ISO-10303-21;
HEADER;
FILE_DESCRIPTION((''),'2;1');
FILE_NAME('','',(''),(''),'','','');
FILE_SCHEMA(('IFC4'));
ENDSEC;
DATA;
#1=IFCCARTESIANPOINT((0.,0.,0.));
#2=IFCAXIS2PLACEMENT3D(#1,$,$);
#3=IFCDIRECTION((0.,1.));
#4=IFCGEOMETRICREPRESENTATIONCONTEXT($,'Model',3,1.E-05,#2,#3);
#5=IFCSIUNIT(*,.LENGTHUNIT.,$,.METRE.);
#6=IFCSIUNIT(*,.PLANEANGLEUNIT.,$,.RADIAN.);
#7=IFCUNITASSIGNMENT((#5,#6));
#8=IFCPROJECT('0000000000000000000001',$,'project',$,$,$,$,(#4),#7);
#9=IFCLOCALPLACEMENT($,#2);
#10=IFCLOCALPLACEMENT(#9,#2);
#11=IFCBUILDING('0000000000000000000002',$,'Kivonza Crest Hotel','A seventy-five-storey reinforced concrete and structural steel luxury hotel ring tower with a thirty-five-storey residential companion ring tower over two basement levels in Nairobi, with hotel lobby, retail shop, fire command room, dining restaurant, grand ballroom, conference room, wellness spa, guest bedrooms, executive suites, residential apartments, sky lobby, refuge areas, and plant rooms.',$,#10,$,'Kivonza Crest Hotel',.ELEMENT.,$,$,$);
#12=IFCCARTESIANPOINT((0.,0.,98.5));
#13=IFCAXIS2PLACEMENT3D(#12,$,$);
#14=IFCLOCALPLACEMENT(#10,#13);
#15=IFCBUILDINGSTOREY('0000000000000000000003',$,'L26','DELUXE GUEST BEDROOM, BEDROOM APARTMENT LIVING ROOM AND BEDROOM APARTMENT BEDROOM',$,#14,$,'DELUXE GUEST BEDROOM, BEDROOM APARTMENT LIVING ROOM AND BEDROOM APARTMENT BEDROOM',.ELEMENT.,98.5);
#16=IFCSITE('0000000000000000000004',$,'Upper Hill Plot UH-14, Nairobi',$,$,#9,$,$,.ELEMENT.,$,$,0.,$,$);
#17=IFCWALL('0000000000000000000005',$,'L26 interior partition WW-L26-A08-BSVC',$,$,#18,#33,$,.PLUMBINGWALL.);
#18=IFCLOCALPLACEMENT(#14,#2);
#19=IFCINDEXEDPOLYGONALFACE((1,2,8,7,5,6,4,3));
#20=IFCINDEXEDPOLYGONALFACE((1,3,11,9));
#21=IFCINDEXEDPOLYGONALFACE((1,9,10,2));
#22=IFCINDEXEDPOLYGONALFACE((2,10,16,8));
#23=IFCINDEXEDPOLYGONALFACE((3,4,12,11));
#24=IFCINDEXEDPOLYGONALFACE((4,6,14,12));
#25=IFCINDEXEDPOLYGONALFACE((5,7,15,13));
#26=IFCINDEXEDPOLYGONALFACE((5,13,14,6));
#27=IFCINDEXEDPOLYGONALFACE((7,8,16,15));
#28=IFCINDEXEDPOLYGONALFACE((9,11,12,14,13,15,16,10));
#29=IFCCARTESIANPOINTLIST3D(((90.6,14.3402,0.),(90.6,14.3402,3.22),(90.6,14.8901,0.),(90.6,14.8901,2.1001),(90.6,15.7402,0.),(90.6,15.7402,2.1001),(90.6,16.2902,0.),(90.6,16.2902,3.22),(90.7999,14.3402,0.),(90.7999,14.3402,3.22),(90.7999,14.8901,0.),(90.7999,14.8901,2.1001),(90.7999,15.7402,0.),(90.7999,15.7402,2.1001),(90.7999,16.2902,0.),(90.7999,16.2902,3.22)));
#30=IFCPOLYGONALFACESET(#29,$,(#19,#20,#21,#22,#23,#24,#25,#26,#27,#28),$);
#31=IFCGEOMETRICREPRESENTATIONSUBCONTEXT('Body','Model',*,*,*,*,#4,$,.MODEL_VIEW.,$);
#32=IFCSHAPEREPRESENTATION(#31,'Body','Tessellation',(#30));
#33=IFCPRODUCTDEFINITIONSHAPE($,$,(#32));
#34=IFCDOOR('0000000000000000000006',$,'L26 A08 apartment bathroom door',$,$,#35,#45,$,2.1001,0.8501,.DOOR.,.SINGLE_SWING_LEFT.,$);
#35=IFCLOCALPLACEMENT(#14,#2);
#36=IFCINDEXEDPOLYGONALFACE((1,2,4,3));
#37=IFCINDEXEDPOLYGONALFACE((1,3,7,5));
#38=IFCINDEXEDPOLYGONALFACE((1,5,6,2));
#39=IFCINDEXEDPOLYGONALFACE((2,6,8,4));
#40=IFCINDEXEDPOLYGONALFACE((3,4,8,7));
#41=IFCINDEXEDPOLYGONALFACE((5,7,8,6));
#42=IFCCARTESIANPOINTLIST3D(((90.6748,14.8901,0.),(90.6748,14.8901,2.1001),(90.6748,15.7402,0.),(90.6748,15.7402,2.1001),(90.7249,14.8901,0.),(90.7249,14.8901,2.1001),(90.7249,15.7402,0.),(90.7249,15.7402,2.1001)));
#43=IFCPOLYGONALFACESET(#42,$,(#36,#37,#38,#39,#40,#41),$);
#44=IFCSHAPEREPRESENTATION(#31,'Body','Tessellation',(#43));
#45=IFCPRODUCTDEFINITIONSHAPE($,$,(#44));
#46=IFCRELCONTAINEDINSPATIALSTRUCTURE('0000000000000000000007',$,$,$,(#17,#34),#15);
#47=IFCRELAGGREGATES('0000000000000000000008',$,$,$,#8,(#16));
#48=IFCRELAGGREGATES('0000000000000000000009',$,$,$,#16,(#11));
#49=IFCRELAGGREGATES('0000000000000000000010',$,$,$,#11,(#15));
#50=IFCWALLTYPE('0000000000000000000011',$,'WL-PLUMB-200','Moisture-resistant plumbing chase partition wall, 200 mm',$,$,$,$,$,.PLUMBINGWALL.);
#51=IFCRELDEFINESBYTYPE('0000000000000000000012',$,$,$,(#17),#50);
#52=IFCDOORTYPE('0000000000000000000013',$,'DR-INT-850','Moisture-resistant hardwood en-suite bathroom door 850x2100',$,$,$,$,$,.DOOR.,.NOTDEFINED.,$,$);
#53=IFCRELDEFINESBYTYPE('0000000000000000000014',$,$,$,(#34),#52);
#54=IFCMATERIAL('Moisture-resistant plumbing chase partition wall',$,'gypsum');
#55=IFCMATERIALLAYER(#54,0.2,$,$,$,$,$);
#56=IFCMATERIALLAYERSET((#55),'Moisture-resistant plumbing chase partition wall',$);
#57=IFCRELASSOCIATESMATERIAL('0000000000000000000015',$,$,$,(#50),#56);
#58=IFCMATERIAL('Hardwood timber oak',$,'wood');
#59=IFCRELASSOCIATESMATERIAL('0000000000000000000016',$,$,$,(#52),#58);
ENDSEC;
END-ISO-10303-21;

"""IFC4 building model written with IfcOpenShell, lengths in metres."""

from ifc_helpers import new_model, si_unit, direction, frame, frame_2d, origin, place, context, subcontext, project, spatial, rectangle, extrude, material, layer, layer_set, type_object, element, fill, save


model = new_model("IFC4")

# Units and contexts
model_context = context("Model", 3, precision=1e-05, world=origin(), true_north=direction((0.0, 1.0)))
body_context = subcontext(model_context, "Body", "Model", "MODEL_VIEW")
ifc_project = project(units=[si_unit("LENGTHUNIT", "METRE"), si_unit("PLANEANGLEUNIT", "RADIAN")], contexts=[model_context])

# Site, building, storey
site_placement = place(None, origin())
site = spatial("IfcSite", under=ifc_project, at=site_placement, Name="Upper Hill Plot UH-14, Nairobi", CompositionType="ELEMENT", RefElevation=0.0)
building_placement = place(site_placement, origin())
building = spatial("IfcBuilding", under=site, at=building_placement, Name="Kivonza Crest Hotel", Description="A seventy-five-storey reinforced concrete and structural steel luxury hotel ring tower with a thirty-five-storey residential companion ring tower over two basement levels in Nairobi, with hotel lobby, retail shop, fire command room, dining restaurant, grand ballroom, conference room, wellness spa, guest bedrooms, executive suites, residential apartments, sky lobby, refuge areas, and plant rooms.", LongName="Kivonza Crest Hotel", CompositionType="ELEMENT")
storey_placement = place(building_placement, frame((0.0, 0.0, 98.5)))
storey = spatial("IfcBuildingStorey", under=building, at=storey_placement, Name="L26", Description="DELUXE GUEST BEDROOM, BEDROOM APARTMENT LIVING ROOM AND BEDROOM APARTMENT BEDROOM", LongName="DELUXE GUEST BEDROOM, BEDROOM APARTMENT LIVING ROOM AND BEDROOM APARTMENT BEDROOM", CompositionType="ELEMENT", Elevation=98.5)

# Shared definitions
ifc_material_1 = material(Name="Hardwood timber oak", Category="wood")

# Shared definitions
ifc_material_2 = material(Name="Moisture-resistant plumbing chase partition wall", Category="gypsum")
ifc_layer_1 = layer(ifc_material_2, 0.2)
ifc_layer_set_1 = layer_set([ifc_layer_1], Name="Moisture-resistant plumbing chase partition wall")
wall_type_1 = type_object("IfcWallType", Name="WL-PLUMB-200", Description="Moisture-resistant plumbing chase partition wall, 200 mm", PredefinedType="PLUMBINGWALL", material=ifc_layer_set_1)

# Wall, opening, door
wall_1_placement = place(storey_placement, frame((90.7, 14.3401, 0.0), z_axis=(0.0, 0.0, 1.0), x_axis=(0.0, 1.0, 0.0)))
wall_1 = element("IfcWall", 1, at=wall_1_placement, inside=storey, type_object=wall_type_1, Name="L26 interior partition WW-L26-A08-BSVC", PredefinedType="PLUMBINGWALL", context=body_context, shape_type="SweptSolid", body=[
    extrude(rectangle(XDim=1.95, YDim=0.2, at=frame_2d((0.9751, 0.0))), origin(), (0.0, 0.0, 1.0), 3.22),
])
opening_1_placement = place(wall_1_placement, frame((0.55, 0.0, 0.0)))
opening_1 = element("IfcOpeningElement", 2, at=opening_1_placement, cuts=wall_1, PredefinedType="OPENING", context=body_context, shape_type="SweptSolid", body=[
    extrude(rectangle(XDim=0.8501, YDim=2.1001, at=frame_2d((0.425, 1.05))), frame((0.0, 0.1099, 0.0), z_axis=(0.0, -1.0, 0.0), x_axis=(1.0, 0.0, 0.0)), (0.0, 0.0, 1.0), 0.22),
])
door_type_1 = type_object("IfcDoorType", Name="DR-INT-850", Description="Moisture-resistant hardwood en-suite bathroom door 850x2100", OperationType="NOTDEFINED", PredefinedType="DOOR", material=ifc_material_1)
door_1_placement = place(opening_1_placement, frame((0.8501, 0.0, 0.0), z_axis=(0.0, 0.0, 1.0), x_axis=(-1.0, 0.0, 0.0)))
door_1 = element("IfcDoor", 3, at=door_1_placement, inside=storey, type_object=door_type_1, Name="L26 A08 apartment bathroom door", OperationType="SINGLE_SWING_LEFT", OverallHeight=2.1001, OverallWidth=0.8501, PredefinedType="DOOR", context=body_context, shape_type="SweptSolid", body=[
    extrude(rectangle(XDim=0.8501, YDim=2.1001, at=frame_2d((0.425, 1.05))), frame((0.0, 0.0249, 0.0), z_axis=(0.0, -1.0, 0.0), x_axis=(1.0, 0.0, 0.0)), (0.0, 0.0, 1.0), 0.05),
])
fill(opening_1, door_1)

save(model, "model.ifc")
